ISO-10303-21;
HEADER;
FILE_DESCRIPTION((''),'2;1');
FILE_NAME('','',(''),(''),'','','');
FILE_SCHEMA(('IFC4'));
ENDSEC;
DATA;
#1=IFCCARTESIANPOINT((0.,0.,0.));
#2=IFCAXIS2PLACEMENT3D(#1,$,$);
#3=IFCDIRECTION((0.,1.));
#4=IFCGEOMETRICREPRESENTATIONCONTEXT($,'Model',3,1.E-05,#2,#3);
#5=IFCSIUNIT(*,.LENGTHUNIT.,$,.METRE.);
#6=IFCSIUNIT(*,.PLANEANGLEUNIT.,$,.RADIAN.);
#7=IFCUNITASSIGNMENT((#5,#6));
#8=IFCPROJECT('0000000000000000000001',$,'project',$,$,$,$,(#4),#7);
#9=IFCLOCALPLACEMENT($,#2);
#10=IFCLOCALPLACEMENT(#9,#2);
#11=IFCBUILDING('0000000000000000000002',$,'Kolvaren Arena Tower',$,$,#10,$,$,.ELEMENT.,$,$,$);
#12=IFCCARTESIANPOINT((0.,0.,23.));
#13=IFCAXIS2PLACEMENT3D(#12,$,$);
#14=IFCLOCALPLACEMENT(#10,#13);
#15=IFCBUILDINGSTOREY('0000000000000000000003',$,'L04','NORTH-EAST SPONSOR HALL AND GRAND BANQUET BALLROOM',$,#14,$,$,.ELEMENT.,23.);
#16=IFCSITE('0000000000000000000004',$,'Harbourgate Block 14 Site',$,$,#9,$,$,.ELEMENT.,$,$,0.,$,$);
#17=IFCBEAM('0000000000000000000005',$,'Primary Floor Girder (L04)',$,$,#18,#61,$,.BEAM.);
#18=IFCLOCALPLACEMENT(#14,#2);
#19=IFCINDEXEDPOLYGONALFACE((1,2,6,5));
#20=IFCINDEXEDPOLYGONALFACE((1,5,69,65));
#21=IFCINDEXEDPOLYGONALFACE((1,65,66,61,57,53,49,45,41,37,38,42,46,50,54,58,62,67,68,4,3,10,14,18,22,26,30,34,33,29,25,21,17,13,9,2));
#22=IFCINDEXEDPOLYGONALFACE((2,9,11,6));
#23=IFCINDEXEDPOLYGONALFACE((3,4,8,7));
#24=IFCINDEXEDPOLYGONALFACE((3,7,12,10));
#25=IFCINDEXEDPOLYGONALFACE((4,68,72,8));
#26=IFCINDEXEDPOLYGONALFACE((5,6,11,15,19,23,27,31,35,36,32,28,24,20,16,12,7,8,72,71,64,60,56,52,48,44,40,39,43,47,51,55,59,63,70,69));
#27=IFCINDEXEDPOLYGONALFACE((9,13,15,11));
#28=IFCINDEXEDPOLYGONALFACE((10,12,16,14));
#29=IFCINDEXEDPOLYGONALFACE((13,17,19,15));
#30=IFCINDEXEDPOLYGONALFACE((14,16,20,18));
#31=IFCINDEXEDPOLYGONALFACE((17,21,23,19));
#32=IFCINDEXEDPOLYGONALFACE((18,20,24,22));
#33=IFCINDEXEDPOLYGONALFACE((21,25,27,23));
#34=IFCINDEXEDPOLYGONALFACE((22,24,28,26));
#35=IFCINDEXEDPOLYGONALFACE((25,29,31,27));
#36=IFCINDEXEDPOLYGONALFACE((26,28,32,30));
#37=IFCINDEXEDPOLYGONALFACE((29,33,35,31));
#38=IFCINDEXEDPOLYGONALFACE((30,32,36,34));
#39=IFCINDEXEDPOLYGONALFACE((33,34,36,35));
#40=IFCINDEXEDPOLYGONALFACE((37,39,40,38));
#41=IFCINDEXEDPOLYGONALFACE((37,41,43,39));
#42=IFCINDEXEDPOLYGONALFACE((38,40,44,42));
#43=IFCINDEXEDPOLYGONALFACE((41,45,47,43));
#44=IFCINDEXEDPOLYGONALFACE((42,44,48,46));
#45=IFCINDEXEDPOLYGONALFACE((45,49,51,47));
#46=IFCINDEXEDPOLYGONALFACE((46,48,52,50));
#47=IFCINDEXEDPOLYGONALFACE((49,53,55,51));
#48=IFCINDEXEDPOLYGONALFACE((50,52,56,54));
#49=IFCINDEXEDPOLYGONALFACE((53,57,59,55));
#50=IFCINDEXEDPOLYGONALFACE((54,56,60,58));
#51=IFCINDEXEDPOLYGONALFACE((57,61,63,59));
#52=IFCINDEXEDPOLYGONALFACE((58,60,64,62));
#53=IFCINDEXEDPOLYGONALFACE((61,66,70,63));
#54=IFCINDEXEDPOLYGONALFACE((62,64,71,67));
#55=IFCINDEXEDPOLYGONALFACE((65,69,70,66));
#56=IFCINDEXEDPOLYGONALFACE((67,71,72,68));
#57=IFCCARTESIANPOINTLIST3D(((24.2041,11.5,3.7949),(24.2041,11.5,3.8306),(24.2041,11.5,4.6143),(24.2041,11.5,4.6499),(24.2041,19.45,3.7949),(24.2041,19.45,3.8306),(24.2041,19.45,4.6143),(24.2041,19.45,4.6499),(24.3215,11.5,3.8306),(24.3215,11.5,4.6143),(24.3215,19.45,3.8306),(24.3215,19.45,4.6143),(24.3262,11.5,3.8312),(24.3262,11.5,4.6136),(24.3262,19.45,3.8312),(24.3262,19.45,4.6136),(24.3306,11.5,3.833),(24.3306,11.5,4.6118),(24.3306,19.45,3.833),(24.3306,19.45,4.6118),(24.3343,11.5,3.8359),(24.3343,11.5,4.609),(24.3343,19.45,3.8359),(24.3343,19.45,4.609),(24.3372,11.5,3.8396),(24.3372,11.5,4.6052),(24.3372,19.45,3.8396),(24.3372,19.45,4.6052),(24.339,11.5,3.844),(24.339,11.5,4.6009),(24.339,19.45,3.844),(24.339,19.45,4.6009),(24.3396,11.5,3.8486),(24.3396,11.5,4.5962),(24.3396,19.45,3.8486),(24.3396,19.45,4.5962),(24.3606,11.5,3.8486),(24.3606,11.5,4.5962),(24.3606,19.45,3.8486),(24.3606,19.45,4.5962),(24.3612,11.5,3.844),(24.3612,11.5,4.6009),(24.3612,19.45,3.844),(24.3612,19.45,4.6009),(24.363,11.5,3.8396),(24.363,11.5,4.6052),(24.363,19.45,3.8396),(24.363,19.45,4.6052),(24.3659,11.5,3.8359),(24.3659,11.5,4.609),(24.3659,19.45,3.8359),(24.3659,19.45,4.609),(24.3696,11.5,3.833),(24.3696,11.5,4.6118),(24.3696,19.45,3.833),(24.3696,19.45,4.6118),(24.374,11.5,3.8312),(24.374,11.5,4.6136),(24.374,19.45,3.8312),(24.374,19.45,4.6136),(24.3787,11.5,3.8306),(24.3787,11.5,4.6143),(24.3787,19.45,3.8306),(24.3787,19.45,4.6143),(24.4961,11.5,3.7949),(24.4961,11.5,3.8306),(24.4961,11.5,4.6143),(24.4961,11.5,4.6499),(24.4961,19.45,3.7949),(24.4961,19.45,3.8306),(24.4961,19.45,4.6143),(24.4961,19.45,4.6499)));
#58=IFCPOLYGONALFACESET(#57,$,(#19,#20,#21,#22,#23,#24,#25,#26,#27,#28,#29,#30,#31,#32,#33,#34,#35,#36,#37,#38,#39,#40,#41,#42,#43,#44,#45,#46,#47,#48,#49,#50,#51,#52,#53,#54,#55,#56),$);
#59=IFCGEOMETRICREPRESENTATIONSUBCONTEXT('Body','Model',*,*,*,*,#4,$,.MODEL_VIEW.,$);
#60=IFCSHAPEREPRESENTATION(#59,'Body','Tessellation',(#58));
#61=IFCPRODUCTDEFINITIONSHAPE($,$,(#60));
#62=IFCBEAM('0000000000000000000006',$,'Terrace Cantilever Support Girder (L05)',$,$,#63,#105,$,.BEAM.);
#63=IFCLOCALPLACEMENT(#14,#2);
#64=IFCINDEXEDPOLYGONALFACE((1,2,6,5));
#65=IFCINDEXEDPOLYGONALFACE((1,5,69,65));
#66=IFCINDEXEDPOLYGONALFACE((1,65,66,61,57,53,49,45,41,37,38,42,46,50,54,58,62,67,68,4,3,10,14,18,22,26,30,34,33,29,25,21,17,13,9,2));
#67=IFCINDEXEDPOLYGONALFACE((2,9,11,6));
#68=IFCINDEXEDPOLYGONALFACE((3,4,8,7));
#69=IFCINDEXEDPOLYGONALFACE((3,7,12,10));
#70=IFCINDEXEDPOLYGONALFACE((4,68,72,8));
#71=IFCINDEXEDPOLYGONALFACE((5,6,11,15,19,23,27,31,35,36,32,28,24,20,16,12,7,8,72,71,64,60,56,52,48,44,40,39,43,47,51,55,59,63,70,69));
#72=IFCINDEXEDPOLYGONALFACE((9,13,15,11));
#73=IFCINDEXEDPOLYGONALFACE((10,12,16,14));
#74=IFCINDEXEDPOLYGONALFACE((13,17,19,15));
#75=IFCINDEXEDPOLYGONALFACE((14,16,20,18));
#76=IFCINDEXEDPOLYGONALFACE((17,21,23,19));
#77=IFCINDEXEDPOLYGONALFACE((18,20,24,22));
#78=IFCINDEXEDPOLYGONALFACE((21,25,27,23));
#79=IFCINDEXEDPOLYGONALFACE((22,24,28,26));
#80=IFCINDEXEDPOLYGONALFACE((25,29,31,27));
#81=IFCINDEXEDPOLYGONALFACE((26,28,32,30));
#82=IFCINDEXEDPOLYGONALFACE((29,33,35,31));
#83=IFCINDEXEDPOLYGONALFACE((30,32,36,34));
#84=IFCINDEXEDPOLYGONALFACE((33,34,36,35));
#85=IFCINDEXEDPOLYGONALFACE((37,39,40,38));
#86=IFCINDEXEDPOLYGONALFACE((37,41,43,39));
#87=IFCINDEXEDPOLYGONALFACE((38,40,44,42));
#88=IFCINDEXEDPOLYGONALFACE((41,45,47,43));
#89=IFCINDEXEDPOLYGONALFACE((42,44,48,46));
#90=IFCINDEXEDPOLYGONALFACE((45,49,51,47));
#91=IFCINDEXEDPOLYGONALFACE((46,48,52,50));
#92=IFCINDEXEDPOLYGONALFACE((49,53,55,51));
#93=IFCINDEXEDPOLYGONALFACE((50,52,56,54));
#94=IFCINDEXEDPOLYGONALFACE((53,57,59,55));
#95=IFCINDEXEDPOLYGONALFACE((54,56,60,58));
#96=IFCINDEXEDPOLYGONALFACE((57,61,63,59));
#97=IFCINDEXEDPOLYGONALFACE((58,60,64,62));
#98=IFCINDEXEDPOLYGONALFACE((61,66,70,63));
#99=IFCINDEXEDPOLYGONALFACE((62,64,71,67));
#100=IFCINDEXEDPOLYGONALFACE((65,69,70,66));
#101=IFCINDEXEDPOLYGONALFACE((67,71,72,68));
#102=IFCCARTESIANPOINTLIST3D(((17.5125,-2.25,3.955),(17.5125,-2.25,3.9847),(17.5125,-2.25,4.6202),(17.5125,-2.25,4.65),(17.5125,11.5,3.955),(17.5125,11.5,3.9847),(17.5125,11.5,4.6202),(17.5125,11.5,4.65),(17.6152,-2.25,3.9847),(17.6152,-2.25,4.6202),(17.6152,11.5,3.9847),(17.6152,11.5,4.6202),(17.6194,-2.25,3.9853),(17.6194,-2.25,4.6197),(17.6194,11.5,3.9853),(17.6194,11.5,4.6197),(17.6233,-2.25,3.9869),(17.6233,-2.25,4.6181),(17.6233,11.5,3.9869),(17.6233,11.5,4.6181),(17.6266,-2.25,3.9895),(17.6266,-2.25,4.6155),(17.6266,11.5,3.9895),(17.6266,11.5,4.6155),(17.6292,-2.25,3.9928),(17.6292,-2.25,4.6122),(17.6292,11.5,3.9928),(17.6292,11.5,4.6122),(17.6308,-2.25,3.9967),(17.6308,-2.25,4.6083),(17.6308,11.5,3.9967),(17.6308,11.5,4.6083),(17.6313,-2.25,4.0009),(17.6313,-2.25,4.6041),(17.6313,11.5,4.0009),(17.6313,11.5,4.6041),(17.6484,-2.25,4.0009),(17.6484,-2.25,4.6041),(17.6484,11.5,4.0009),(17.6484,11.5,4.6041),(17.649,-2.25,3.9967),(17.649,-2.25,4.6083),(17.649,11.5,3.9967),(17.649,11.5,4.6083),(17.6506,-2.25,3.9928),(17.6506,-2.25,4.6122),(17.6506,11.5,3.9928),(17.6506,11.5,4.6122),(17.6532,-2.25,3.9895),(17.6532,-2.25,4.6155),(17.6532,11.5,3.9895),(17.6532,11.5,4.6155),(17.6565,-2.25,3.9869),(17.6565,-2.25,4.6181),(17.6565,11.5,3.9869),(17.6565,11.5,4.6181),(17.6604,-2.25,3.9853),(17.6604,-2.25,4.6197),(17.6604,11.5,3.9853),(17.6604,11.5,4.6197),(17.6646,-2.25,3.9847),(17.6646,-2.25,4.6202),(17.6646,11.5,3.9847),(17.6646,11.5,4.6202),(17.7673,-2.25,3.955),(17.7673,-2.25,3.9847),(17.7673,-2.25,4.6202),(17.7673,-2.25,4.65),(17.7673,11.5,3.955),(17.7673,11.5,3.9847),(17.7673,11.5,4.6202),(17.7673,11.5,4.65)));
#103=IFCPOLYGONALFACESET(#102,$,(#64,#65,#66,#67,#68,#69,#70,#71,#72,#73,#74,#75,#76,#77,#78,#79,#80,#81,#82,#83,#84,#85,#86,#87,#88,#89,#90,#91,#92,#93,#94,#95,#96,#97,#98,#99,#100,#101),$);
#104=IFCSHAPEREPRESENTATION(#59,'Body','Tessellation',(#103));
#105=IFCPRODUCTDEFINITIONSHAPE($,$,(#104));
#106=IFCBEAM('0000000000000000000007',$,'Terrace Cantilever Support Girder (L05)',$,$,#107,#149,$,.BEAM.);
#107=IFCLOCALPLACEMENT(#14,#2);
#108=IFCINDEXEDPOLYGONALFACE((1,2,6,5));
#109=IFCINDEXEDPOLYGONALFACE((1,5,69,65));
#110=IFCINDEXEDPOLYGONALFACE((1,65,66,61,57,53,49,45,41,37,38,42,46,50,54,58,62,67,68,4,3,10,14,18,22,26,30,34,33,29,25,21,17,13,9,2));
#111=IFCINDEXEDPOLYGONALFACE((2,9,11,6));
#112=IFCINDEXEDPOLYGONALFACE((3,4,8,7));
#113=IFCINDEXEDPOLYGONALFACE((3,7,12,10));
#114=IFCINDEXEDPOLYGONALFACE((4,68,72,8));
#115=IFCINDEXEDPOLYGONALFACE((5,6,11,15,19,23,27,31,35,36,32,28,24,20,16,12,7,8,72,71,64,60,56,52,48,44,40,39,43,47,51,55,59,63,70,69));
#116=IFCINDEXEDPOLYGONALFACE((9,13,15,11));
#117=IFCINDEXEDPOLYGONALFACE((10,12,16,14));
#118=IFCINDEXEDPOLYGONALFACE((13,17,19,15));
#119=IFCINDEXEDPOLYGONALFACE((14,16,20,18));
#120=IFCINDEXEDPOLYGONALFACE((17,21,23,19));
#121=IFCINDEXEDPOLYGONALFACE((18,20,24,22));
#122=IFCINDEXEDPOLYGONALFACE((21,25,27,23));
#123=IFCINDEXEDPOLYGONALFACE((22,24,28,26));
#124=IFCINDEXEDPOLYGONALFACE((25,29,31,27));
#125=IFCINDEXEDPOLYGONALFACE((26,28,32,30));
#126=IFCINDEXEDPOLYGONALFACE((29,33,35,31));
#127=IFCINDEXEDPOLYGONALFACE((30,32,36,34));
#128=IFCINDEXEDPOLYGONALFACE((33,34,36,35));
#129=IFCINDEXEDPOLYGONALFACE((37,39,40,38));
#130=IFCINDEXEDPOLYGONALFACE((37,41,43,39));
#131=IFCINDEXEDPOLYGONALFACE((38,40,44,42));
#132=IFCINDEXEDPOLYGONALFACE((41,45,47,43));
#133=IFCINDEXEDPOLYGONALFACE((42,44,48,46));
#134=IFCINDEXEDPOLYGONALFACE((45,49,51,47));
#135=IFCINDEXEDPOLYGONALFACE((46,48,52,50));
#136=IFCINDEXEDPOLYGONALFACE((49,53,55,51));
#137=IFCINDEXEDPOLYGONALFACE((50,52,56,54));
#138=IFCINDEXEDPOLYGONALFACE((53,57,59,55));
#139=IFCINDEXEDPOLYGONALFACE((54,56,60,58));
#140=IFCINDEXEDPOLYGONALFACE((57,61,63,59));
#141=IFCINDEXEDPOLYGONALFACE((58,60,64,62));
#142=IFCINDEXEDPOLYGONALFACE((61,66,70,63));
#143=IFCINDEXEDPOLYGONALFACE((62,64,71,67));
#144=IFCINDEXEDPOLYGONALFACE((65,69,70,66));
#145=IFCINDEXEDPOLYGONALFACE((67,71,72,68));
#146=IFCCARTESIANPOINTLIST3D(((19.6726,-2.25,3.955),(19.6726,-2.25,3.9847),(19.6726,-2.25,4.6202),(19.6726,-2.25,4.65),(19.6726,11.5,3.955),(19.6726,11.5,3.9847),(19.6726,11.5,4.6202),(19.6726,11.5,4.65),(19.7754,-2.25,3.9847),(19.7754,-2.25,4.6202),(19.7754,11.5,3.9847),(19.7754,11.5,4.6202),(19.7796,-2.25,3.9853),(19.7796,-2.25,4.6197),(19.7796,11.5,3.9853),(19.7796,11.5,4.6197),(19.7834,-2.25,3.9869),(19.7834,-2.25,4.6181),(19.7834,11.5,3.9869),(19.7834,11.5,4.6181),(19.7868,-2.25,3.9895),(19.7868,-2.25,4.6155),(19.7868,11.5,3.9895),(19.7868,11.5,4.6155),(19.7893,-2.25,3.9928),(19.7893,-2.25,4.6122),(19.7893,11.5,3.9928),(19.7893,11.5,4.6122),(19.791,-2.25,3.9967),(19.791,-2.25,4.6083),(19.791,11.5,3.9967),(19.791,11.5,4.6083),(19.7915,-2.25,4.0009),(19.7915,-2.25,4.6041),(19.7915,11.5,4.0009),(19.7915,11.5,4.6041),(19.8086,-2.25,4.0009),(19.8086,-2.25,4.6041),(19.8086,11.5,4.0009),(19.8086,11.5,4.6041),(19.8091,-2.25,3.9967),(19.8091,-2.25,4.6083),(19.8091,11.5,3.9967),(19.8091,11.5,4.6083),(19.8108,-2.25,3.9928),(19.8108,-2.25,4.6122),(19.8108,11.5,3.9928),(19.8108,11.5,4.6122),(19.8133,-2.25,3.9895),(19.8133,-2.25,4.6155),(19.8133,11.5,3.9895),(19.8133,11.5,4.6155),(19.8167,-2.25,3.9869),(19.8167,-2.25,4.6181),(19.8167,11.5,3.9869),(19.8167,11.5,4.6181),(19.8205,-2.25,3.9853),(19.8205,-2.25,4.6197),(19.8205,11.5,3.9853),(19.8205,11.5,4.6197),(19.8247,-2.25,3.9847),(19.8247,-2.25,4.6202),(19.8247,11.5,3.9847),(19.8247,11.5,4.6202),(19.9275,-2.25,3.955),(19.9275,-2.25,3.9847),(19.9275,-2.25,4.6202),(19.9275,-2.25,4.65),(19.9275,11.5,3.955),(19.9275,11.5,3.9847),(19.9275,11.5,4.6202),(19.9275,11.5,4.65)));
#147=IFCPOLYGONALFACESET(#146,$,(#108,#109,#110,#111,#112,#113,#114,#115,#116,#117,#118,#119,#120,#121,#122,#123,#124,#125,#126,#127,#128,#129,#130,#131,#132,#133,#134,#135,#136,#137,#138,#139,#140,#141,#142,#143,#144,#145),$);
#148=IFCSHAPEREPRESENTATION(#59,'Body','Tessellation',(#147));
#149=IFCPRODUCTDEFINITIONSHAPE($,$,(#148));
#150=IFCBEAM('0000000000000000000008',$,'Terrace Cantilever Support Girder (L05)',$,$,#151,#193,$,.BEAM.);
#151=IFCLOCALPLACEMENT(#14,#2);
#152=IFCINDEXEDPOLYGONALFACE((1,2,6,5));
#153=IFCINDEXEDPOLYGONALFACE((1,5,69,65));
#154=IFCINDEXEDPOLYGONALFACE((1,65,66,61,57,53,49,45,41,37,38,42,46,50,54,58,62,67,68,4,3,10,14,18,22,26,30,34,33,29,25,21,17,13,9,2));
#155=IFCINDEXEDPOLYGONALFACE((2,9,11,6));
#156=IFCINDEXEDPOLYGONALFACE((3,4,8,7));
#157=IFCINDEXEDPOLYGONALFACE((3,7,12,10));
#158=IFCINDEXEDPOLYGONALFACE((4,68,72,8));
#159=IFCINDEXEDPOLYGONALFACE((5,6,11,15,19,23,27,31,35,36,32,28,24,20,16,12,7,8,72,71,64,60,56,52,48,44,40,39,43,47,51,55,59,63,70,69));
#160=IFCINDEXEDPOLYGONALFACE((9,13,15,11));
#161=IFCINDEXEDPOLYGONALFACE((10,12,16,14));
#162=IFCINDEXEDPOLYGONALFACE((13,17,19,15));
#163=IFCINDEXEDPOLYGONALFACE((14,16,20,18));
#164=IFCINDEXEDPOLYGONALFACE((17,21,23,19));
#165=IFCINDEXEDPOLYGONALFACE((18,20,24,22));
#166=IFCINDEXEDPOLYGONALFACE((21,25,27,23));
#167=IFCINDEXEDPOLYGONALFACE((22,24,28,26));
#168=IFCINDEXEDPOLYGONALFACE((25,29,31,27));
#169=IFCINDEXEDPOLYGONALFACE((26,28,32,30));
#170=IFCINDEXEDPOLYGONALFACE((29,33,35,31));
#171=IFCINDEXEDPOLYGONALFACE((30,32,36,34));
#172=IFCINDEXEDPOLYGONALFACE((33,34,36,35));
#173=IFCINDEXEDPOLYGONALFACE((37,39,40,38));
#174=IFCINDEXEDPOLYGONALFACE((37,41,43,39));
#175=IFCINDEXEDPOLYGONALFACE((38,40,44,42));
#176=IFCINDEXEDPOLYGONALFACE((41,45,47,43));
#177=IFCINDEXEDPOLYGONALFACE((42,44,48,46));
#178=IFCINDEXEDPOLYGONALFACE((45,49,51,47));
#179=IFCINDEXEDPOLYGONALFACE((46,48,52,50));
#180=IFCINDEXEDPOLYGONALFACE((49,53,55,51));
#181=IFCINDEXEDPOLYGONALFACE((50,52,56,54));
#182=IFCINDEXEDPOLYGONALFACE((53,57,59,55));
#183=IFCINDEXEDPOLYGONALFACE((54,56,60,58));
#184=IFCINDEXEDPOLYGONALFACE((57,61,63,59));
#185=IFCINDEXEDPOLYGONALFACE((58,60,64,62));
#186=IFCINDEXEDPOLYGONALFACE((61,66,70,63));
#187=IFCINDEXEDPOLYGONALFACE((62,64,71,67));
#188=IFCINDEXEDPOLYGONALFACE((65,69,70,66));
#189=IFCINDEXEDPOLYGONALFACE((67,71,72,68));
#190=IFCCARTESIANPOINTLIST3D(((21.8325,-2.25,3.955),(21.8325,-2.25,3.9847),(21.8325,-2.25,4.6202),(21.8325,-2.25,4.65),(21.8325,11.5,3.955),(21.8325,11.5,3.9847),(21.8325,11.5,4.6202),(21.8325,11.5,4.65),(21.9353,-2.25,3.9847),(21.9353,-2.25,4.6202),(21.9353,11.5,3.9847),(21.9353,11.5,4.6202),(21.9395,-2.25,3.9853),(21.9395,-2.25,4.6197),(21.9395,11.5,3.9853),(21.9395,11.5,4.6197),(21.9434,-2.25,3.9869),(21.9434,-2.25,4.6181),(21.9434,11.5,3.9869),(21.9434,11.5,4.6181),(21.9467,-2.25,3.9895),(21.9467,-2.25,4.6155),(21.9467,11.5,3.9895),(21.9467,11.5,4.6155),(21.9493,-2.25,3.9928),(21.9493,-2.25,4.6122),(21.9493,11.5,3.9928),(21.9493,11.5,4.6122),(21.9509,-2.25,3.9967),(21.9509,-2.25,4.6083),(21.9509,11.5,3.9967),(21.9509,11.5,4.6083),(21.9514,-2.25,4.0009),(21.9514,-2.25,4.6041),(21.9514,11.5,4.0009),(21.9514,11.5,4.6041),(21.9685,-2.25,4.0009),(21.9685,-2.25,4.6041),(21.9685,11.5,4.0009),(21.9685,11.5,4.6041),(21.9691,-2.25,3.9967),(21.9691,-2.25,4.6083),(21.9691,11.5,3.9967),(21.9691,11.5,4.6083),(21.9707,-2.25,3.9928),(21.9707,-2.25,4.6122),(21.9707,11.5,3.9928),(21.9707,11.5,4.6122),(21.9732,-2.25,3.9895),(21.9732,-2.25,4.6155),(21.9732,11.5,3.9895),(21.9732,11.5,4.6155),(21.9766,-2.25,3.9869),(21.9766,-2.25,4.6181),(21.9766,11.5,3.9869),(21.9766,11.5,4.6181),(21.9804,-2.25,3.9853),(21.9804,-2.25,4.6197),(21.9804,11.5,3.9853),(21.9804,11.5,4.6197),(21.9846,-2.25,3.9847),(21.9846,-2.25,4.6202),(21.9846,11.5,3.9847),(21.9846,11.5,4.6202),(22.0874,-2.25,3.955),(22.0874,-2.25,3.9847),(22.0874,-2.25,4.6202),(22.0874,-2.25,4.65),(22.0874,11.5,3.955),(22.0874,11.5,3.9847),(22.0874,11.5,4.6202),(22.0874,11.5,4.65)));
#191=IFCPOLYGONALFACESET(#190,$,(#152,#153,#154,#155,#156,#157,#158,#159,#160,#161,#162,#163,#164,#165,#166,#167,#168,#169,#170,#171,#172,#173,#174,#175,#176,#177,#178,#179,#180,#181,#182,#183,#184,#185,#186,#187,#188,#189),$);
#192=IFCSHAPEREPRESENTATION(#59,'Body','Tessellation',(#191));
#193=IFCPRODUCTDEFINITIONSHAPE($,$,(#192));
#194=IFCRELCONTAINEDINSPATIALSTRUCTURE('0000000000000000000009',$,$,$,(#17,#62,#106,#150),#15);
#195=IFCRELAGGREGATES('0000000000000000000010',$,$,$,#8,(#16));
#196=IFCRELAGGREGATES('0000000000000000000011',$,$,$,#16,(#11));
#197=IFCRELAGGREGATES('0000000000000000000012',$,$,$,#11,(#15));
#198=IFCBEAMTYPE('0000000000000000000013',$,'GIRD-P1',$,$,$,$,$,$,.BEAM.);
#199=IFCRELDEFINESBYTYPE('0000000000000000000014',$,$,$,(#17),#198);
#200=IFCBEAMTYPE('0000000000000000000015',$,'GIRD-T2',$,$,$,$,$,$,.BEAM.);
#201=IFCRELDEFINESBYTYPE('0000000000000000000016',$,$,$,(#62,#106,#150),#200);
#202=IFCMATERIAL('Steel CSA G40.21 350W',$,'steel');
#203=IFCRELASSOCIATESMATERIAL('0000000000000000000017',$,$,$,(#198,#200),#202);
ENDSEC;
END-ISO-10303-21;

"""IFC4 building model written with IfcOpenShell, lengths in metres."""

from ifc_helpers import new_model, si_unit, direction, frame, origin, origin_2d, place, context, subcontext, project, spatial, i_section, extrude, material, material_profile, profile_set, type_object, element, save


model = new_model("IFC4")

# Units and contexts
model_context = context("Model", 3, precision=1e-05, world=origin(), true_north=direction((0.0, 1.0)))
body_context = subcontext(model_context, "Body", "Model", "MODEL_VIEW")
ifc_project = project(units=[si_unit("LENGTHUNIT", "METRE"), si_unit("PLANEANGLEUNIT", "RADIAN")], contexts=[model_context])

# Site, building, storey
site_placement = place(None, origin())
site = spatial("IfcSite", under=ifc_project, at=site_placement, Name="Harbourgate Block 14 Site", CompositionType="ELEMENT", RefElevation=0.0)
building_placement = place(site_placement, origin())
building = spatial("IfcBuilding", under=site, at=building_placement, Name="Kolvaren Arena Tower", CompositionType="ELEMENT")
storey_placement = place(building_placement, frame((0.0, 0.0, 23.0)))
storey = spatial("IfcBuildingStorey", under=building, at=storey_placement, Name="L04", Description="NORTH-EAST SPONSOR HALL AND GRAND BANQUET BALLROOM", CompositionType="ELEMENT", Elevation=23.0)

# Beams
ifc_material_1 = material(Name="Steel CSA G40.21 350W", Category="steel")
ifc_material_profile_1 = material_profile(ifc_material_1, i_section(OverallWidth=0.292, OverallDepth=0.855, WebThickness=0.021, FlangeThickness=0.0356, FilletRadius=0.0181, at=origin_2d()), Name="W840x299")
ifc_profile_set_1 = profile_set([ifc_material_profile_1], Name="Steel CSA G40.21 350W")
beam_type_1 = type_object("IfcBeamType", Name="GIRD-P1", PredefinedType="BEAM", material=ifc_profile_set_1)
beam_1_placement = place(storey_placement, frame((24.3501, 11.5, 4.2224), z_axis=(0.0, 1.0, 0.0), x_axis=(-1.0, 0.0, 0.0)))
element("IfcBeam", 1, at=beam_1_placement, inside=storey, type_object=beam_type_1, Name="Primary Floor Girder (L04)", PredefinedType="BEAM", context=body_context, shape_type="SweptSolid", body=[
    extrude(i_section(OverallWidth=0.292, OverallDepth=0.855, WebThickness=0.021, FlangeThickness=0.0356, FilletRadius=0.0181, at=origin_2d()), origin(), (0.0, 0.0, 1.0), 7.95),
])
ifc_material_profile_2 = material_profile(ifc_material_1, i_section(OverallWidth=0.2549, OverallDepth=0.6951, WebThickness=0.0171, FlangeThickness=0.0298, FilletRadius=0.0161, at=origin_2d()), Name="W690x217")
ifc_profile_set_2 = profile_set([ifc_material_profile_2], Name="Steel CSA G40.21 350W")
beam_type_2 = type_object("IfcBeamType", Name="GIRD-T2", PredefinedType="BEAM", material=ifc_profile_set_2)
for number, where, z_axis, x_axis, name in (
    (2, (17.6399, 11.5, 4.3025), (0.0, -1.0, 0.0), (1.0, 0.0, 0.0), "Terrace Cantilever Support Girder (L05)"),
    (3, (19.8, 11.5, 4.3025), (0.0, -1.0, 0.0), (1.0, 0.0, 0.0), "Terrace Cantilever Support Girder (L05)"),
    (4, (21.96, 11.5, 4.3025), (0.0, -1.0, 0.0), (1.0, 0.0, 0.0), "Terrace Cantilever Support Girder (L05)"),
):
    element("IfcBeam", number, at=place(storey_placement, frame(where, z_axis=z_axis, x_axis=x_axis)), inside=storey, type_object=beam_type_2, Name=name, PredefinedType="BEAM", context=body_context, shape_type="SweptSolid", body=[
        extrude(i_section(OverallWidth=0.2549, OverallDepth=0.6951, WebThickness=0.0171, FlangeThickness=0.0298, FilletRadius=0.0161, at=origin_2d()), origin(), (0.0, 0.0, 1.0), 13.75),
    ])

save(model, "model.ifc")
